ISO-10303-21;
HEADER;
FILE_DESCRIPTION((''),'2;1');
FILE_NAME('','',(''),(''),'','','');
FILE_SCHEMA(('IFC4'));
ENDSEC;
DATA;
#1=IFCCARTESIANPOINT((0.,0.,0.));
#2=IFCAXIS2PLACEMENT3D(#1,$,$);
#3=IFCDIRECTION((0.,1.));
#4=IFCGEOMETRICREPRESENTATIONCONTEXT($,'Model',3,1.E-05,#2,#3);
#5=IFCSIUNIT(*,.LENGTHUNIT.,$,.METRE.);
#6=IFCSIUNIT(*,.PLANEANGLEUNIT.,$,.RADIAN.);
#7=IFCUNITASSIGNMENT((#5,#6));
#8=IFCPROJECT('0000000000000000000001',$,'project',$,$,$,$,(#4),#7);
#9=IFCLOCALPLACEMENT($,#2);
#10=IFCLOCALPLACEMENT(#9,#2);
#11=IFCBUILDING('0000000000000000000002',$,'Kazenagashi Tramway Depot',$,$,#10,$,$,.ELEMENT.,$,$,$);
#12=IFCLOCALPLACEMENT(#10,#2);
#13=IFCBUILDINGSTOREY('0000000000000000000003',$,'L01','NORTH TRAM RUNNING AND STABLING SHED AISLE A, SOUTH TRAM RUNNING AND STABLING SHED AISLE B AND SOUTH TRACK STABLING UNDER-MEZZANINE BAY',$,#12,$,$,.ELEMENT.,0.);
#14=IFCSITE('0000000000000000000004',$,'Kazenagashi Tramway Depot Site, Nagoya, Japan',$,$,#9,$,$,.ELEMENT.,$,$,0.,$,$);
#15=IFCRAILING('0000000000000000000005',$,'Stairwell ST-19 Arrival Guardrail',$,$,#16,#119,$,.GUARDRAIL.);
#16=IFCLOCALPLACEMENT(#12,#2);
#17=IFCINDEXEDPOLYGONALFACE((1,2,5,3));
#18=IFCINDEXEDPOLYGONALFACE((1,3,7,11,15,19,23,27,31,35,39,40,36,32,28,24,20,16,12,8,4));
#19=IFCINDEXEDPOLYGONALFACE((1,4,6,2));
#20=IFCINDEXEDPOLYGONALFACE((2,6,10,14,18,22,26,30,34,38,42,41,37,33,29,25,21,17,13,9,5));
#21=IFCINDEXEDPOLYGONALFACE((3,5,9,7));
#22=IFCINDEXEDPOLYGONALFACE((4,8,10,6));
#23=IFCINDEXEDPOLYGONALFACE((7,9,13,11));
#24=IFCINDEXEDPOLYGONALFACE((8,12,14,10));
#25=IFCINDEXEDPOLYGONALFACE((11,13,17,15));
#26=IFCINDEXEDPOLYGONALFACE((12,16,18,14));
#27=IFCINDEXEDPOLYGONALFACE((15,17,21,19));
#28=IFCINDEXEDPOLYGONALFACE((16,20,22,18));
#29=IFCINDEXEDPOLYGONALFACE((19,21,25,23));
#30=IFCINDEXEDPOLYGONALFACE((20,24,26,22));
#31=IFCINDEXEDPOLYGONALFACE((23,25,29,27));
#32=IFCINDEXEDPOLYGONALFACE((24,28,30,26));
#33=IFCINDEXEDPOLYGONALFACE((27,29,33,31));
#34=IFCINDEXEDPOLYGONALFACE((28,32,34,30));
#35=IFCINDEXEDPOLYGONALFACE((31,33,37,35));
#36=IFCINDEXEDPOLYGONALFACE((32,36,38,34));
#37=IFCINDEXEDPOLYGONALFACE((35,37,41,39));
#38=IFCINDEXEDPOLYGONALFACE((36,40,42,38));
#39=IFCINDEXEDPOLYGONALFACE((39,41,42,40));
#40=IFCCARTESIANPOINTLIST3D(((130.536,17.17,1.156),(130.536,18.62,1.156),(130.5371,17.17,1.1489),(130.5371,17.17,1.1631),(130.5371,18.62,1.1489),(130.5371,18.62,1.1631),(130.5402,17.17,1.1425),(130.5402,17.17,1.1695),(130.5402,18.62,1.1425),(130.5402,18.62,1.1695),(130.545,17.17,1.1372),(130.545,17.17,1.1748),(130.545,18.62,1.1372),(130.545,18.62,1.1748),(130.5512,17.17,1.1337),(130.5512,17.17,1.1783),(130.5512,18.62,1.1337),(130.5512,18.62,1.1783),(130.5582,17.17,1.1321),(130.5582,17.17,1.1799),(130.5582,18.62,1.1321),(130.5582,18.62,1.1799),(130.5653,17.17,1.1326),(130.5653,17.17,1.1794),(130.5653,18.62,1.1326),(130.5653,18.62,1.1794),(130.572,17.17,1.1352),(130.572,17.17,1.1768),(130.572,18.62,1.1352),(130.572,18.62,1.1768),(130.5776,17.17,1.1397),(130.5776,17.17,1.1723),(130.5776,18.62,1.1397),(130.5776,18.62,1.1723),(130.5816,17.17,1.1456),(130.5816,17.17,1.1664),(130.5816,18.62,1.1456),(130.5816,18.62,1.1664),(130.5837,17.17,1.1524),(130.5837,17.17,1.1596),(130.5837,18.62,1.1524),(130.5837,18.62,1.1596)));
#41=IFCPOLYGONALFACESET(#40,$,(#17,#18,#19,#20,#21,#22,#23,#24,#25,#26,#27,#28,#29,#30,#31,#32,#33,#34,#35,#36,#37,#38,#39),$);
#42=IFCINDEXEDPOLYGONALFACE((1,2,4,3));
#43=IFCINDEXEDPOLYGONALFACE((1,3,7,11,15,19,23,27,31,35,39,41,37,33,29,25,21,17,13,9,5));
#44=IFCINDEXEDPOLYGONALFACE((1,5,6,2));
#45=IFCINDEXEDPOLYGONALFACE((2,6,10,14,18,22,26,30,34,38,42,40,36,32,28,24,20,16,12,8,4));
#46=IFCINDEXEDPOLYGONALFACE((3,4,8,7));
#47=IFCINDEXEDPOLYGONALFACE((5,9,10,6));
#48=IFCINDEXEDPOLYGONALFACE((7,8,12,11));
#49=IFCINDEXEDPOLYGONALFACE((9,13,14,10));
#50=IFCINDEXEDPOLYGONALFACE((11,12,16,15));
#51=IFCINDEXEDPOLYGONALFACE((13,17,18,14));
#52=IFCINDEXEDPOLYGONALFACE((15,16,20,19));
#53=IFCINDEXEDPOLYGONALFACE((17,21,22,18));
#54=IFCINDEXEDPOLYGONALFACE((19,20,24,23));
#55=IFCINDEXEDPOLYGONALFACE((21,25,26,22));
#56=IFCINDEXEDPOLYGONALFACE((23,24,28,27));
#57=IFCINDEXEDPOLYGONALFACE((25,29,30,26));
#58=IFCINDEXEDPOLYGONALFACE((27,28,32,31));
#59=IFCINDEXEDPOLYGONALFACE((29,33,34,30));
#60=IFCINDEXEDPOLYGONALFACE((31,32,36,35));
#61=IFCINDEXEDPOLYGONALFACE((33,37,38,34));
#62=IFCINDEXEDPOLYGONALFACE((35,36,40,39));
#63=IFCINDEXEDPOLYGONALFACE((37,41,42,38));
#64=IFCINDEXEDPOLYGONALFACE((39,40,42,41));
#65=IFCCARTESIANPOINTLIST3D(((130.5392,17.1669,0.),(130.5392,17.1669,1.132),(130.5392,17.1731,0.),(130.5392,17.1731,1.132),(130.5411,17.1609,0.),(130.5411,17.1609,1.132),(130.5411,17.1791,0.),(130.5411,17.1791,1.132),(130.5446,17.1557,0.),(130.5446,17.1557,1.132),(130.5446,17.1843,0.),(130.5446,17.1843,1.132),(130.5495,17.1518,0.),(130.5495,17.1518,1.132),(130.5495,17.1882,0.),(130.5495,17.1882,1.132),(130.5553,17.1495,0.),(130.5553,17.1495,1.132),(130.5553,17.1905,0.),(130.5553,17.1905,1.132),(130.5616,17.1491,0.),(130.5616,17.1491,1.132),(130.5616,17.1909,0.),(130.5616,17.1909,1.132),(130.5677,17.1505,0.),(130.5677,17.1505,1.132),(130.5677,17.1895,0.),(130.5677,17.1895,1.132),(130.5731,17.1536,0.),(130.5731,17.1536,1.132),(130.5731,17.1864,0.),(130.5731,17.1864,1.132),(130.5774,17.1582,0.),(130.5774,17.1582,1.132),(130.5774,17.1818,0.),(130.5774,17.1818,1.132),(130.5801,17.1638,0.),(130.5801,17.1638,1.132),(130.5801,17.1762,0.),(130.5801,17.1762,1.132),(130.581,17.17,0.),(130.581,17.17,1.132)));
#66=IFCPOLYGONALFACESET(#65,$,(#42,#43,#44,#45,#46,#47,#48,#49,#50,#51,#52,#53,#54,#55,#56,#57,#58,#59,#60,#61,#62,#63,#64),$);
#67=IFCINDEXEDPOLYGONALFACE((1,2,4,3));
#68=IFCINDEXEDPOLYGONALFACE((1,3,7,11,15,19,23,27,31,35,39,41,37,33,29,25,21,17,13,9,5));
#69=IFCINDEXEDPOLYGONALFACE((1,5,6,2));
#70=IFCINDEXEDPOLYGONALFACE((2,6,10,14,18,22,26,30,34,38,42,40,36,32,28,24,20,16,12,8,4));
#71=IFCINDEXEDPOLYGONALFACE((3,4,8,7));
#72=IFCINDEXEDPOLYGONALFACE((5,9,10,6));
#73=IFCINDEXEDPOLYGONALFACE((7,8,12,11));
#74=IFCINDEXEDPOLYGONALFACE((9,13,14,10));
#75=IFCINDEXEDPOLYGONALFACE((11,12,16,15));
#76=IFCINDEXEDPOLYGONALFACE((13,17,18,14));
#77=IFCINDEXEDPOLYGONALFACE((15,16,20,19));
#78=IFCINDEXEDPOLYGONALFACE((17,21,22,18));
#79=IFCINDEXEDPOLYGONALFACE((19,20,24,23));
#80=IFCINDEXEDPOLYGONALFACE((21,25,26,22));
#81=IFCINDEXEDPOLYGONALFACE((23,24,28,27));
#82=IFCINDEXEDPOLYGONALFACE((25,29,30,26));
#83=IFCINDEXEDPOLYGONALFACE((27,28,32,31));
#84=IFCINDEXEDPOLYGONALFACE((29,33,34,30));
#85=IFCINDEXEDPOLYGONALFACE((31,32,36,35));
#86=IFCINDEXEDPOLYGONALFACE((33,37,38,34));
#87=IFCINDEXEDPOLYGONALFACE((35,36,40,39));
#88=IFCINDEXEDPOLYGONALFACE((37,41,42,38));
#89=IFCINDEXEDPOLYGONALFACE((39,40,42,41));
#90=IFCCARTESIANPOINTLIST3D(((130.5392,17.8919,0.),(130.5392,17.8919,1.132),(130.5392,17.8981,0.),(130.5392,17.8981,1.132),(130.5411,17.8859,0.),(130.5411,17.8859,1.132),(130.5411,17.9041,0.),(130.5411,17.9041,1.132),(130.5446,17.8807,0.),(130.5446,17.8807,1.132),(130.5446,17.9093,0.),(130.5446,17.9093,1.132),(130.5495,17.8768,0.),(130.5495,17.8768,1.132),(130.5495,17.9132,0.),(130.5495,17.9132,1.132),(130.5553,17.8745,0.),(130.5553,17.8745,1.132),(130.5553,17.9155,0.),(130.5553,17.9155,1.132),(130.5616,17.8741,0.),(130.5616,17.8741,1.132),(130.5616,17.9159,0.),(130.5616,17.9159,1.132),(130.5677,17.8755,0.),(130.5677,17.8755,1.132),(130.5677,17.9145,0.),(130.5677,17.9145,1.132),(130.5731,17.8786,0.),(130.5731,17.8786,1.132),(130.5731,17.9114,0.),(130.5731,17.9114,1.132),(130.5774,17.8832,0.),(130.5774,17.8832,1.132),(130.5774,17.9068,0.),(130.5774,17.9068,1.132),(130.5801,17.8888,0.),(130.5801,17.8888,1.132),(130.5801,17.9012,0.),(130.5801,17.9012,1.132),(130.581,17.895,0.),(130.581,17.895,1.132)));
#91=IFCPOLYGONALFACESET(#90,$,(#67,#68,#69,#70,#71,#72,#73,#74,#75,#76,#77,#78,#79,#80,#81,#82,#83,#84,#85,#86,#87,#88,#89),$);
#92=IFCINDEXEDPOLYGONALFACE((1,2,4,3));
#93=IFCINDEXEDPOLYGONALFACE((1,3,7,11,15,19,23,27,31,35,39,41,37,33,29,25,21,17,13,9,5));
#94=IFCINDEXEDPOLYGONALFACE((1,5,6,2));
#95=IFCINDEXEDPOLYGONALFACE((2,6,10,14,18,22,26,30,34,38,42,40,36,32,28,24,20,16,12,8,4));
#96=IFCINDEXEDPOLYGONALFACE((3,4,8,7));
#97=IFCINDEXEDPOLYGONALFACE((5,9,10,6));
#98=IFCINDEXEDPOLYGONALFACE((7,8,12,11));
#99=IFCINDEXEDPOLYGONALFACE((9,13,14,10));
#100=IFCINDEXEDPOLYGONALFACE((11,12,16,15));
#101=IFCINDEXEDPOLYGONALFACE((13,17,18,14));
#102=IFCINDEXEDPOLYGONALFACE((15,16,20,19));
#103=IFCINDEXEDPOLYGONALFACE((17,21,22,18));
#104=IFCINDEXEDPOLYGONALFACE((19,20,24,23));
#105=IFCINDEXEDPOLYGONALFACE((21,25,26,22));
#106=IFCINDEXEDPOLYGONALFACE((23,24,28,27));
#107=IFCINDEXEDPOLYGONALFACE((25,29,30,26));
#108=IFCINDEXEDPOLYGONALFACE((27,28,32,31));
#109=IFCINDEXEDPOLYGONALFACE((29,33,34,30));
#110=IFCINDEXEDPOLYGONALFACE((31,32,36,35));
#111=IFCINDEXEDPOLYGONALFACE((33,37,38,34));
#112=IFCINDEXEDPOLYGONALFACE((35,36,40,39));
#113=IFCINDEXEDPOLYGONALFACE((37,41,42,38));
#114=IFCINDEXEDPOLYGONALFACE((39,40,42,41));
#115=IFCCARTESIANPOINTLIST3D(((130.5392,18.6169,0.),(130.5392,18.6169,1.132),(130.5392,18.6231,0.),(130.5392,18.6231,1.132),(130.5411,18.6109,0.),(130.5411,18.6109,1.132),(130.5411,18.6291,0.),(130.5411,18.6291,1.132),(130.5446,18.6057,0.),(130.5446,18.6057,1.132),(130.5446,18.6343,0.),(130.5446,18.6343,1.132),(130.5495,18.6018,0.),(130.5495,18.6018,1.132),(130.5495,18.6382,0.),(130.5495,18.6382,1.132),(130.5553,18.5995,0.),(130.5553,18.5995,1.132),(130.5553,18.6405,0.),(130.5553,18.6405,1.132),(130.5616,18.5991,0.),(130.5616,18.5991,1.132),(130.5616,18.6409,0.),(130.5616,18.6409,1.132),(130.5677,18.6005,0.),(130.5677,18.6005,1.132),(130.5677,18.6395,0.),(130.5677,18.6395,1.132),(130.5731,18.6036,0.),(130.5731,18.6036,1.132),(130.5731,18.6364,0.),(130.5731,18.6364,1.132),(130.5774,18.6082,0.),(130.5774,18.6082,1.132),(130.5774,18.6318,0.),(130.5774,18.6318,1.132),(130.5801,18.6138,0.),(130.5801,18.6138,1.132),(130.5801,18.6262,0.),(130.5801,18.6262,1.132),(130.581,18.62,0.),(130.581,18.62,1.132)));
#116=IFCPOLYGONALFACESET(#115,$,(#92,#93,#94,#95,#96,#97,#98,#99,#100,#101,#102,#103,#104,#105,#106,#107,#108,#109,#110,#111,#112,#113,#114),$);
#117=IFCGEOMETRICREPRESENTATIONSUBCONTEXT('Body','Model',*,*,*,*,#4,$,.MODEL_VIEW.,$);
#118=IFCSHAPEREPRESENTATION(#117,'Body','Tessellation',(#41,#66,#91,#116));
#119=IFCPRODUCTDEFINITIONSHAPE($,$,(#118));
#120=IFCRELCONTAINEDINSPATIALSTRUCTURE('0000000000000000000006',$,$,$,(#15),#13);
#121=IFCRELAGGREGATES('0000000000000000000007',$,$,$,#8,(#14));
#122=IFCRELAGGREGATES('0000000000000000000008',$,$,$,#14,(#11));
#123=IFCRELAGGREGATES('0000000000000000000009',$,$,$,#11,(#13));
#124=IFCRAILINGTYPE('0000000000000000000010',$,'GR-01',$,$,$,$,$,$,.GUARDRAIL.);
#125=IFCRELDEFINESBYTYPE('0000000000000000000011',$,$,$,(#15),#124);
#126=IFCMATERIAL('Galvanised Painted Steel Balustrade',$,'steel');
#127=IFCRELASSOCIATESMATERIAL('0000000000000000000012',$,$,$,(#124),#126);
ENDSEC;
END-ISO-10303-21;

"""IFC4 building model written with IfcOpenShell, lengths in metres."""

from ifc_helpers import new_model, si_unit, direction, frame, origin, origin_2d, place, context, subcontext, project, spatial, circle, extrude, material, type_object, element, save


model = new_model("IFC4")

# Units and contexts
model_context = context("Model", 3, precision=1e-05, world=origin(), true_north=direction((0.0, 1.0)))
body_context = subcontext(model_context, "Body", "Model", "MODEL_VIEW")
ifc_project = project(units=[si_unit("LENGTHUNIT", "METRE"), si_unit("PLANEANGLEUNIT", "RADIAN")], contexts=[model_context])

# Site, building, storey
site_placement = place(None, origin())
site = spatial("IfcSite", under=ifc_project, at=site_placement, Name="Kazenagashi Tramway Depot Site, Nagoya, Japan", CompositionType="ELEMENT", RefElevation=0.0)
building_placement = place(site_placement, origin())
building = spatial("IfcBuilding", under=site, at=building_placement, Name="Kazenagashi Tramway Depot", CompositionType="ELEMENT")
storey_placement = place(building_placement, origin())
storey = spatial("IfcBuildingStorey", under=building, at=storey_placement, Name="L01", Description="NORTH TRAM RUNNING AND STABLING SHED AISLE A, SOUTH TRAM RUNNING AND STABLING SHED AISLE B AND SOUTH TRACK STABLING UNDER-MEZZANINE BAY", CompositionType="ELEMENT", Elevation=0.0)

# Railing
ifc_material_1 = material(Name="Galvanised Painted Steel Balustrade", Category="steel")
railing_type_1 = type_object("IfcRailingType", Name="GR-01", PredefinedType="GUARDRAIL", material=ifc_material_1)
railing_1_placement = place(storey_placement, frame((130.56, 17.17, 0.0)))
element("IfcRailing", 1, at=railing_1_placement, inside=storey, type_object=railing_type_1, Name="Stairwell ST-19 Arrival Guardrail", PredefinedType="GUARDRAIL", context=body_context, shape_type="SweptSolid", body=[
    extrude(circle(Radius=0.024, at=origin_2d()), frame((0.0, 0.0, 1.156), z_axis=(0.0, 1.0, 0.0), x_axis=(-1.0, 0.0, 0.0)), (0.0, 0.0, 1.0), 1.45),
    extrude(circle(Radius=0.021, at=origin_2d()), origin(), (0.0, 0.0, 1.0), 1.132),
    extrude(circle(Radius=0.021, at=origin_2d()), frame((0.0, 0.725, 0.0)), (0.0, 0.0, 1.0), 1.132),
    extrude(circle(Radius=0.021, at=origin_2d()), frame((0.0, 1.45, 0.0)), (0.0, 0.0, 1.0), 1.132),
])

save(model, "model.ifc")
